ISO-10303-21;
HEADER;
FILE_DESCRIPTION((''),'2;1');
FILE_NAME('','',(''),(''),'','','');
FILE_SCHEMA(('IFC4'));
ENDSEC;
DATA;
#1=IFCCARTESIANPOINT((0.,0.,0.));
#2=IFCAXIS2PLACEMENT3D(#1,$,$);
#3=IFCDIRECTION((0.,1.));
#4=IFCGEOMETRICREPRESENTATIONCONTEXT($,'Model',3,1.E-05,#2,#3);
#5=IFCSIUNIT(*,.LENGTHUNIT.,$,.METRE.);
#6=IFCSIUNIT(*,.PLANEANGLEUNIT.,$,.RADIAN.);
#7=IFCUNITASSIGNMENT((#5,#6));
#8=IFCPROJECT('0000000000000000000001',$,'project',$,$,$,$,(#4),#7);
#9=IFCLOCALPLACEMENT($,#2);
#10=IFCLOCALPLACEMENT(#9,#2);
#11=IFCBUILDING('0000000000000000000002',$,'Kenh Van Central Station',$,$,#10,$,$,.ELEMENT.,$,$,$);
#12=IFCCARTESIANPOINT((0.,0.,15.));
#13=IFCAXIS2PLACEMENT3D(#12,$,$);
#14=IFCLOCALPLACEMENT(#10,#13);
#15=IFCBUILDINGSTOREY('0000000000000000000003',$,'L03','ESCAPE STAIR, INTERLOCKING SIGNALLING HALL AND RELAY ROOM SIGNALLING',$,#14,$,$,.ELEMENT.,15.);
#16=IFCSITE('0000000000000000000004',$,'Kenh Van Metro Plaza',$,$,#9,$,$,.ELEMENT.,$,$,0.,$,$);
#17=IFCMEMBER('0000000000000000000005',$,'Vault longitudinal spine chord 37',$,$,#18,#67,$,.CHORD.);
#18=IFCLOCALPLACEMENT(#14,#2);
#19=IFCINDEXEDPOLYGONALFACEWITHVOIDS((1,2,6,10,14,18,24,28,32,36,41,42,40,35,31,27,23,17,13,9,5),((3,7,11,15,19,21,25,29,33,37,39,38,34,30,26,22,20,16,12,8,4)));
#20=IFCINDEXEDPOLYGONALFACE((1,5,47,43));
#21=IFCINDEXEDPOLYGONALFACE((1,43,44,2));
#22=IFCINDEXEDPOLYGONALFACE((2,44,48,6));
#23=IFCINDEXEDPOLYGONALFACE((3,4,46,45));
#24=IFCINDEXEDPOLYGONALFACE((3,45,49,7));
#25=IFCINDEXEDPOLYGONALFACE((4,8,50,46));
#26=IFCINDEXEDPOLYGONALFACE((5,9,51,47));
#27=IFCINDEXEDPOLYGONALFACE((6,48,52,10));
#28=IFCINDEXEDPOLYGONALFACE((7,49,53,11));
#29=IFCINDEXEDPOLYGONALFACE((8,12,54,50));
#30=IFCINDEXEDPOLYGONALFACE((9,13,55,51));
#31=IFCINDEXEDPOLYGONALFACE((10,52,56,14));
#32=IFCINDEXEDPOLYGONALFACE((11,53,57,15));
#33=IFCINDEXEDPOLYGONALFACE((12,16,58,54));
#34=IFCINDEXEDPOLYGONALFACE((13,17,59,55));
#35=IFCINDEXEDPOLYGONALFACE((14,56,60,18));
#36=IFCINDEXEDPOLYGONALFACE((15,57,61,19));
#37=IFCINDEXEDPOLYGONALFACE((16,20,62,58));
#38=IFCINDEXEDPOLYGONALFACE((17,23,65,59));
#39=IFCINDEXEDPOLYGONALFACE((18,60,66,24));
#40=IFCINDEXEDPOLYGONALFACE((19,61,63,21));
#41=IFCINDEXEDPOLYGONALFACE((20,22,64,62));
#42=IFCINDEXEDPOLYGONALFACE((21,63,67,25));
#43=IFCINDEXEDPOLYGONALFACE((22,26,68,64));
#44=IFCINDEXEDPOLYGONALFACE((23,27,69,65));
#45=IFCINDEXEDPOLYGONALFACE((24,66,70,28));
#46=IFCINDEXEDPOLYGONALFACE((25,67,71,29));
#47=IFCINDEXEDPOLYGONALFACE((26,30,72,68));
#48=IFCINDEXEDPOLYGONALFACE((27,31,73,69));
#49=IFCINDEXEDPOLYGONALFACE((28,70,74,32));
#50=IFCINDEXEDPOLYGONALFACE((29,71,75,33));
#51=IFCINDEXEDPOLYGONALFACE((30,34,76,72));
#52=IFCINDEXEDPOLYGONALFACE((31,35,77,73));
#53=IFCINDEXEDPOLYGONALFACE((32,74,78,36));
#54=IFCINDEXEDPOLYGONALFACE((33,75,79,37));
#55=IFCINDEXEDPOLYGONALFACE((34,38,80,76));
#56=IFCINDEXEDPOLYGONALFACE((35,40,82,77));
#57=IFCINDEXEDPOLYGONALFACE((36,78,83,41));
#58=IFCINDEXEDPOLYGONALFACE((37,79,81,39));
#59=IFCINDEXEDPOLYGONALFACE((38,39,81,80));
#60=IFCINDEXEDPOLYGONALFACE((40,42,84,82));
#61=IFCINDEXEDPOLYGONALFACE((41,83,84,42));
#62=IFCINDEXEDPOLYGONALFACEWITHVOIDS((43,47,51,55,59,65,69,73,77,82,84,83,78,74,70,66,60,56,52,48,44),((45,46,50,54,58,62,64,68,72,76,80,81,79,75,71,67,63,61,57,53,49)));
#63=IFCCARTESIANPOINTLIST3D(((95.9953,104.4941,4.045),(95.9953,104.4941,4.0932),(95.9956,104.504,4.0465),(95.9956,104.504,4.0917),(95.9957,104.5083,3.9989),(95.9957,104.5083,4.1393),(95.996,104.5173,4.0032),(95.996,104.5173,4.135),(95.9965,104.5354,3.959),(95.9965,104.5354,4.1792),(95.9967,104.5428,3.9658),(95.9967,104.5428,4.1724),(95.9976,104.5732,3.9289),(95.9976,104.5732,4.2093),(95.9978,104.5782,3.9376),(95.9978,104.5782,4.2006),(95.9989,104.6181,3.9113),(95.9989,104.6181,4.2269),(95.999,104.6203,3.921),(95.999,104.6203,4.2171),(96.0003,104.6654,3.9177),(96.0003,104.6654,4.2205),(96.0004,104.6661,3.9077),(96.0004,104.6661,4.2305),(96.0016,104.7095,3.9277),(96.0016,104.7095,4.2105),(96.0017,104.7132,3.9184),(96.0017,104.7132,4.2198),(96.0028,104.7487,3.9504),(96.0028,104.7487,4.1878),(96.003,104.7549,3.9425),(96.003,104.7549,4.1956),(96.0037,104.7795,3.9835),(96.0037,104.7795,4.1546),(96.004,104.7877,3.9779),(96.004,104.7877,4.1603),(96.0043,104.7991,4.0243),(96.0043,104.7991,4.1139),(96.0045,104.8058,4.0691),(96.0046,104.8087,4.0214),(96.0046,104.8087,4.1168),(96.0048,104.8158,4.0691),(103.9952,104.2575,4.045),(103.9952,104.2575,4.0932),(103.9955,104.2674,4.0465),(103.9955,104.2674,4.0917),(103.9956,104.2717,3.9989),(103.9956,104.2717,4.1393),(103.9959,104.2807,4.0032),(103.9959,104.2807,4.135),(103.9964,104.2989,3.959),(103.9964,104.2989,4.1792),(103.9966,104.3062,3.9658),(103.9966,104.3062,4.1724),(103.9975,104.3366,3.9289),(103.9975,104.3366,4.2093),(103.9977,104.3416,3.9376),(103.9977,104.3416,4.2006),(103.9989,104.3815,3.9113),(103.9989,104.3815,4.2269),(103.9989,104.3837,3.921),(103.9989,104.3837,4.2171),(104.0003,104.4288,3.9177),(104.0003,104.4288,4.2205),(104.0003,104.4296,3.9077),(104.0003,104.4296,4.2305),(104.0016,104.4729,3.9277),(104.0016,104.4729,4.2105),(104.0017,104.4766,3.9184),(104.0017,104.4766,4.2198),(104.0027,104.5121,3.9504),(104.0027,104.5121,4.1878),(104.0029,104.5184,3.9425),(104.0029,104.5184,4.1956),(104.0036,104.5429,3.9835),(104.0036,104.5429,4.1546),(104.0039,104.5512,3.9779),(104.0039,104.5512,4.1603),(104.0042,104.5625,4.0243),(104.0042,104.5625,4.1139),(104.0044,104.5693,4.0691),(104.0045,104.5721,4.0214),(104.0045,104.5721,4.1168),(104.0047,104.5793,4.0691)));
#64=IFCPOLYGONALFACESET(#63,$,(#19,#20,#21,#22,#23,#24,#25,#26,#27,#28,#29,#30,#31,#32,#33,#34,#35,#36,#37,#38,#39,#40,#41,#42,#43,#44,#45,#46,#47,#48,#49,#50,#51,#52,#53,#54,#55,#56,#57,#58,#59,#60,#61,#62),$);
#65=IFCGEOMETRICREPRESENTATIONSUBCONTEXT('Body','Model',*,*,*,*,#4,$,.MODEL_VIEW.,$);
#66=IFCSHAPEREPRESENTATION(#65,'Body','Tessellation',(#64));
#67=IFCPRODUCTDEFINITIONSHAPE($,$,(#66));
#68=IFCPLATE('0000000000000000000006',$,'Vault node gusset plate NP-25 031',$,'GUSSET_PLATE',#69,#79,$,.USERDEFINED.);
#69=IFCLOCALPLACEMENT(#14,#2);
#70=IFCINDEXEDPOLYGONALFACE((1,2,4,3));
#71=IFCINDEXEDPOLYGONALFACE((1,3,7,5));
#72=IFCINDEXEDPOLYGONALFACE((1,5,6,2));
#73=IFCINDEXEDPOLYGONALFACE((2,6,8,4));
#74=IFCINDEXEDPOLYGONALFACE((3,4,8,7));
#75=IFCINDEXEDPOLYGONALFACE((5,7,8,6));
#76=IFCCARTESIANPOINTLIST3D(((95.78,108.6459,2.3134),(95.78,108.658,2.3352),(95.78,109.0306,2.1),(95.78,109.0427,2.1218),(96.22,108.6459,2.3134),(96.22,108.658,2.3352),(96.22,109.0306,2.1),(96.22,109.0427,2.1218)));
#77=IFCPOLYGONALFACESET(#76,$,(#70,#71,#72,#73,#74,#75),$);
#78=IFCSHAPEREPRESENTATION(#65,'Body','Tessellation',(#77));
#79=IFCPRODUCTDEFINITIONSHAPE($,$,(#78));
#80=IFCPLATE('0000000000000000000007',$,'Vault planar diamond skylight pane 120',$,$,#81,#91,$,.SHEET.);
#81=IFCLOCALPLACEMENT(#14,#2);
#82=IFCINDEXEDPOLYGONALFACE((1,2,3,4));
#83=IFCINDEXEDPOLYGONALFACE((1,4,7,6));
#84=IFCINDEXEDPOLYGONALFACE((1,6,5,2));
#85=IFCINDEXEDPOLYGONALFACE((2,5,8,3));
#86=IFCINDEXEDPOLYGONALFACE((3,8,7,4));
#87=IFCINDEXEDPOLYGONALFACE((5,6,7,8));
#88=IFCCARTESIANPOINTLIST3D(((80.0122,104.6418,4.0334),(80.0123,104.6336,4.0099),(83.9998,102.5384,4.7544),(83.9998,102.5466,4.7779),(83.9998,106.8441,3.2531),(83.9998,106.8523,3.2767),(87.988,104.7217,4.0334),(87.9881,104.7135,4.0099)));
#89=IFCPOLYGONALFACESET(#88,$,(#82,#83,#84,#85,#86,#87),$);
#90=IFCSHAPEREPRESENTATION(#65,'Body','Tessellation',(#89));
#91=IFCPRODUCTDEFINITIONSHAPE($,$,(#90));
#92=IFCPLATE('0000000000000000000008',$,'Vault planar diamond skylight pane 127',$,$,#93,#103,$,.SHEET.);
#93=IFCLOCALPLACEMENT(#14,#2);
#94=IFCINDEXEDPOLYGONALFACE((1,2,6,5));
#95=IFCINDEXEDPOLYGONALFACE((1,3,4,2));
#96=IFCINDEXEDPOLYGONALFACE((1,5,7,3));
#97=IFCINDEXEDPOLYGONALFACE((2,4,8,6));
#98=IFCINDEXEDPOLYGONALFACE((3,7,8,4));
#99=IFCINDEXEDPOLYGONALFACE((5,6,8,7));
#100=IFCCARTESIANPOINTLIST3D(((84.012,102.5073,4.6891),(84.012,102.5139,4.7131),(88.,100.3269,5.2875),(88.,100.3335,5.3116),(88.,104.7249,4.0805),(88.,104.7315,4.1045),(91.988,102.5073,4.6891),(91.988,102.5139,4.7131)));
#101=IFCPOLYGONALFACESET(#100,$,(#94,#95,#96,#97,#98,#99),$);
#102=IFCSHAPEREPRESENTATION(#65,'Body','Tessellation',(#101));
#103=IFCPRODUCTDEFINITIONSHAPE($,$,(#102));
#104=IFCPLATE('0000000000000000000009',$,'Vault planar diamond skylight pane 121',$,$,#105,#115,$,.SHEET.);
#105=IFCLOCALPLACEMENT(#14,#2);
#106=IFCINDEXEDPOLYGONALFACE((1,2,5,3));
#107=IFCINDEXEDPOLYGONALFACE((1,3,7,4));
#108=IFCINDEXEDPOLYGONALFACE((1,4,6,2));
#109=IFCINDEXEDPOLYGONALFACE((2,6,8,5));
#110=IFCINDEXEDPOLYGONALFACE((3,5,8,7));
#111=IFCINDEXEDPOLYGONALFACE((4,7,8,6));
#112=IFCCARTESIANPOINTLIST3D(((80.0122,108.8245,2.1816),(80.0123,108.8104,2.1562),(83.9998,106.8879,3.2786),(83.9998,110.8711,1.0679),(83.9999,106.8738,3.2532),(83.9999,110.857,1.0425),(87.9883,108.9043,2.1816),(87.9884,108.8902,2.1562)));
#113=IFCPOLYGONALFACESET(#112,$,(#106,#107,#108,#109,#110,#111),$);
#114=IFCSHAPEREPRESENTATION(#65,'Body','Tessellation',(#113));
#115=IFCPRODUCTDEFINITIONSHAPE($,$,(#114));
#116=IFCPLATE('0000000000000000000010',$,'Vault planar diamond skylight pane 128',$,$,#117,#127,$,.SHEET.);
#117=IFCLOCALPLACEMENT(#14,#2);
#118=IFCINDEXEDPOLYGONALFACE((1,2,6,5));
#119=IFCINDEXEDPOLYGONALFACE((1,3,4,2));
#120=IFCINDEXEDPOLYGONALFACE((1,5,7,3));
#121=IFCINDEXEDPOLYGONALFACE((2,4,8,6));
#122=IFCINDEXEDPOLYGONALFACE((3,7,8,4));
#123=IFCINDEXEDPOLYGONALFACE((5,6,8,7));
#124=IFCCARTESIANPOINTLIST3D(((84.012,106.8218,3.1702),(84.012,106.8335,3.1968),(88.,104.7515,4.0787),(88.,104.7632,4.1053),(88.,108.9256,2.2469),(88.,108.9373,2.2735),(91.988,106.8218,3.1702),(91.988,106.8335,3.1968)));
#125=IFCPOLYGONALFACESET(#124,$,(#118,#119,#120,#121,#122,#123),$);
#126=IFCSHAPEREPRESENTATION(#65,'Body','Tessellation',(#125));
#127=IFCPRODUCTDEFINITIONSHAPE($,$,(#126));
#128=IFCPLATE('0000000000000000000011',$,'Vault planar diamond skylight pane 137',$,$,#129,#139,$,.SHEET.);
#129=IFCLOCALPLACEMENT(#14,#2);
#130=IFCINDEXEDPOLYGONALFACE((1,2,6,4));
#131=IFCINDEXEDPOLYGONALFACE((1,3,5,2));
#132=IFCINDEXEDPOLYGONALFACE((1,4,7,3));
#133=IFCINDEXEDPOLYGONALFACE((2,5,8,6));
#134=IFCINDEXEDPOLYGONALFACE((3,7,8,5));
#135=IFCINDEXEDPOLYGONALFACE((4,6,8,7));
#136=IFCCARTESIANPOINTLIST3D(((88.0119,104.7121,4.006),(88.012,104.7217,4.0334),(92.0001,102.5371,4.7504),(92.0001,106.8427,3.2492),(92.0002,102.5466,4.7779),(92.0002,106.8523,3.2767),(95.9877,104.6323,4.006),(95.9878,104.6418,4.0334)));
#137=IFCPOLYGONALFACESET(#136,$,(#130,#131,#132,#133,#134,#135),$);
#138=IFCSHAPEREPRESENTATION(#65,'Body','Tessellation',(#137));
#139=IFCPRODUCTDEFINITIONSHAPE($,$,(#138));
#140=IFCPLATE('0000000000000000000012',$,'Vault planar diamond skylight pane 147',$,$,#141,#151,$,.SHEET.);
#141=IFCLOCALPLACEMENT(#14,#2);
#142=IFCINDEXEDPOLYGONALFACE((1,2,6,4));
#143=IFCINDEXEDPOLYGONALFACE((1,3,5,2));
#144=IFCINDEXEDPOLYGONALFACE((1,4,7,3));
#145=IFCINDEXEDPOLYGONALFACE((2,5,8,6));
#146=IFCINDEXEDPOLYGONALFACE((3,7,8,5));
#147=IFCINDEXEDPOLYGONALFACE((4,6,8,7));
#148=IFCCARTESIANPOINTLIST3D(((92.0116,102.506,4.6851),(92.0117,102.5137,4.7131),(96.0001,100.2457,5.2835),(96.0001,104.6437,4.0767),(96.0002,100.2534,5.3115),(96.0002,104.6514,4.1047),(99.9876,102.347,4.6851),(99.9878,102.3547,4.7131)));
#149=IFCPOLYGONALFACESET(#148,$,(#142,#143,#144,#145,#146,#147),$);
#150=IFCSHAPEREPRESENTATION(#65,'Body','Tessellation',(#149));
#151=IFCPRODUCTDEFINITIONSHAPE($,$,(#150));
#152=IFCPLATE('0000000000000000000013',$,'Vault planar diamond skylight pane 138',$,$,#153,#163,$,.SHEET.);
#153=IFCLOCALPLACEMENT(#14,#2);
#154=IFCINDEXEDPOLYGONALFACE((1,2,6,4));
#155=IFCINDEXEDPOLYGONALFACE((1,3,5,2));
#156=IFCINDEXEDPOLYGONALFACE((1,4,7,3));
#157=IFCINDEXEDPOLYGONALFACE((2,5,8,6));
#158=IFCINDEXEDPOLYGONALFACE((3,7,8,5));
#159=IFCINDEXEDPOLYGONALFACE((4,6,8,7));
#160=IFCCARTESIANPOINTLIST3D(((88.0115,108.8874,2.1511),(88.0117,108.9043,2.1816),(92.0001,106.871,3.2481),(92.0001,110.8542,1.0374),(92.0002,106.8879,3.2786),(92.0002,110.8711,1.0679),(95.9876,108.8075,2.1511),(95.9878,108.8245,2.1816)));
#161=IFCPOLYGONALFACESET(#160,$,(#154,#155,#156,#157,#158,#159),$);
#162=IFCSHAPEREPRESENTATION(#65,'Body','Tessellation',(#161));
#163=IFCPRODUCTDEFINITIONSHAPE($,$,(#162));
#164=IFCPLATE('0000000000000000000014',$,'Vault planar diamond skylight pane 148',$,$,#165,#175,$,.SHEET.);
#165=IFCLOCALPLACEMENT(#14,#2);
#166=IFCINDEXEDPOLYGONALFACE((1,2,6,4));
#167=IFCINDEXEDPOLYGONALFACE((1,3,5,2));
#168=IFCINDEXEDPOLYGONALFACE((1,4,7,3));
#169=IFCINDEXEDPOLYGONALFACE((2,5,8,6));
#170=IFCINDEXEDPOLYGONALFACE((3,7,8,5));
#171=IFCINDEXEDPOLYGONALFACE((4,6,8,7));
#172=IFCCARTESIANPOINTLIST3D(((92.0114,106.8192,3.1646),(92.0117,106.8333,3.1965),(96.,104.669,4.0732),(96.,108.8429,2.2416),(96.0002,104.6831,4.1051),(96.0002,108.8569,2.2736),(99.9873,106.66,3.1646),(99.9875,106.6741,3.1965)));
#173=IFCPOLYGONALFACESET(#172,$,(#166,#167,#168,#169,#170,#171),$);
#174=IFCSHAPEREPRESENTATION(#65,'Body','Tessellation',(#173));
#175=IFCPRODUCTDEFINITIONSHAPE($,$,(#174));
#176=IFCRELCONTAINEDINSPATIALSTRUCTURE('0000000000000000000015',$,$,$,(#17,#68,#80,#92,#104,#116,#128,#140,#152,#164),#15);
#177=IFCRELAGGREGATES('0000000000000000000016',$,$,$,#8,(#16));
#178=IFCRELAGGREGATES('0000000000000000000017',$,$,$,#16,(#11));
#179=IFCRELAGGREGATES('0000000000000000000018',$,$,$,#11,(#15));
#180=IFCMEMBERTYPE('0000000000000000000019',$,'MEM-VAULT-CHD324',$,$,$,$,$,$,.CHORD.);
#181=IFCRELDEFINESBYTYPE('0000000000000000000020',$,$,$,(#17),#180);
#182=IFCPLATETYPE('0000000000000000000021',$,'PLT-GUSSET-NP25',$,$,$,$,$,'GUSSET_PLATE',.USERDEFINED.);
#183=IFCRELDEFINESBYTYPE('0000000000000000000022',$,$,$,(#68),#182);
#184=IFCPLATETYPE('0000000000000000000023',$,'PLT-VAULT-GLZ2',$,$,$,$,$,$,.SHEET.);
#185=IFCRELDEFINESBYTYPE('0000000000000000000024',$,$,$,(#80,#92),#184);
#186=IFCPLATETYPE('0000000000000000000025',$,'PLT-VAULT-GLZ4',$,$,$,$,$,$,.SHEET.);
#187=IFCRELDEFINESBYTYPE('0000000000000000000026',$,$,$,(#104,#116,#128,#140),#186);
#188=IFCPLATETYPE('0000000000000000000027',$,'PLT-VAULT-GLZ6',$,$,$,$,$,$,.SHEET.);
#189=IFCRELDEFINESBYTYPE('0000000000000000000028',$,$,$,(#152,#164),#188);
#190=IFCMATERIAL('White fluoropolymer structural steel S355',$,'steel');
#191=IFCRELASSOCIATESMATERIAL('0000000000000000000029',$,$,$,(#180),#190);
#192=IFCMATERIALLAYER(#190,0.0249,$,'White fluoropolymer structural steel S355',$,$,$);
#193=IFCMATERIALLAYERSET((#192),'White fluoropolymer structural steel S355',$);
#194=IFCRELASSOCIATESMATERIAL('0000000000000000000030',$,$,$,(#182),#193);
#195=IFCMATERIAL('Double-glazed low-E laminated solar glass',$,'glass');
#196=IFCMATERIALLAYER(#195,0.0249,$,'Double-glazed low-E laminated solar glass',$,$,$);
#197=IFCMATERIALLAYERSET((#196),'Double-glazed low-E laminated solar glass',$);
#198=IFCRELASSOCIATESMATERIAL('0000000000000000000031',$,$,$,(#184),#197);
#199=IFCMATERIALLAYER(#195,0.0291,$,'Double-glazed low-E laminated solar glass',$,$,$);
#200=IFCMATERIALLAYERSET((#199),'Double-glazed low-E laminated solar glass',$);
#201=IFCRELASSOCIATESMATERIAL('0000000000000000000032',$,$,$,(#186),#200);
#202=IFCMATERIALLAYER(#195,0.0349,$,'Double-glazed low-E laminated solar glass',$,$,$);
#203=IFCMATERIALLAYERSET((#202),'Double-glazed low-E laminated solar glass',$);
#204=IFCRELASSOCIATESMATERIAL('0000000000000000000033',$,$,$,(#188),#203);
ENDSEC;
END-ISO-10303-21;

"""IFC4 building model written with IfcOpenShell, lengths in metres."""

from ifc_helpers import new_model, si_unit, direction, frame, origin, origin_2d, place, context, subcontext, project, spatial, polyline, hollow_circle, outline, extrude, material, layer, layer_set, material_profile, profile_set, type_object, element, save


model = new_model("IFC4")

# Units and contexts
model_context = context("Model", 3, precision=1e-05, world=origin(), true_north=direction((0.0, 1.0)))
body_context = subcontext(model_context, "Body", "Model", "MODEL_VIEW")
ifc_project = project(units=[si_unit("LENGTHUNIT", "METRE"), si_unit("PLANEANGLEUNIT", "RADIAN")], contexts=[model_context])

# Site, building, storey
site_placement = place(None, origin())
site = spatial("IfcSite", under=ifc_project, at=site_placement, Name="Kenh Van Metro Plaza", CompositionType="ELEMENT", RefElevation=0.0)
building_placement = place(site_placement, origin())
building = spatial("IfcBuilding", under=site, at=building_placement, Name="Kenh Van Central Station", CompositionType="ELEMENT")
storey_placement = place(building_placement, frame((0.0, 0.0, 15.0)))
storey = spatial("IfcBuildingStorey", under=building, at=storey_placement, Name="L03", Description="ESCAPE STAIR, INTERLOCKING SIGNALLING HALL AND RELAY ROOM SIGNALLING", CompositionType="ELEMENT", Elevation=15.0)

# Shared definitions
ifc_material_1 = material(Name="White fluoropolymer structural steel S355", Category="steel")

# Member
ifc_material_profile_1 = material_profile(ifc_material_1, hollow_circle(Radius=0.1619, WallThickness=0.01, at=origin_2d()), Name="CHS 323.9x10")
ifc_profile_set_1 = profile_set([ifc_material_profile_1], Name="White fluoropolymer structural steel S355")
member_type_1 = type_object("IfcMemberType", Name="MEM-VAULT-CHD324", PredefinedType="CHORD", material=ifc_profile_set_1)
member_1_placement = place(storey_placement, frame((96.0, 104.6541, 4.0691), z_axis=(0.999563, -0.029559, 0.0), x_axis=(0.029559, 0.999563, 0.0)))
element("IfcMember", 1, at=member_1_placement, inside=storey, type_object=member_type_1, Name="Vault longitudinal spine chord 37", PredefinedType="CHORD", context=body_context, shape_type="SweptSolid", body=[
    extrude(hollow_circle(Radius=0.1619, WallThickness=0.01, at=origin_2d()), origin(), (0.0, 0.0, 1.0), 8.0034),
])

# Plates
ifc_layer_1 = layer(ifc_material_1, 0.0249, Name="White fluoropolymer structural steel S355")
ifc_layer_set_1 = layer_set([ifc_layer_1], Name="White fluoropolymer structural steel S355")
plate_type_1 = type_object("IfcPlateType", Name="PLT-GUSSET-NP25", ElementType="GUSSET_PLATE", PredefinedType="USERDEFINED", material=ifc_layer_set_1)
plate_1_placement = place(storey_placement, frame((95.78, 108.658, 2.3352), z_axis=(0.0, 0.484983, 0.874523), x_axis=(1.0, 0.0, 0.0)))
element("IfcPlate", 2, at=plate_1_placement, inside=storey, type_object=plate_type_1, Name="Vault node gusset plate NP-25 031", ObjectType="GUSSET_PLATE", PredefinedType="USERDEFINED", context=body_context, shape_type="SweptSolid", body=[
    extrude(outline(polyline([(0.0, 0.0), (0.4399, 0.0), (0.4399, 0.44), (0.0, 0.44), (0.0, 0.0)])), origin(), (0.0, 0.0, -1.0), 0.0249),
])
ifc_material_2 = material(Name="Double-glazed low-E laminated solar glass", Category="glass")
ifc_layer_2 = layer(ifc_material_2, 0.0249, Name="Double-glazed low-E laminated solar glass")
ifc_layer_set_2 = layer_set([ifc_layer_2], Name="Double-glazed low-E laminated solar glass")
plate_type_2 = type_object("IfcPlateType", Name="PLT-VAULT-GLZ2", PredefinedType="SHEET", material=ifc_layer_set_2)
plate_2_placement = place(storey_placement, frame((80.0122, 104.6418, 4.0334), z_axis=(-0.003295, 0.329223, 0.944247), x_axis=(0.873392, -0.458911, 0.163053)))
element("IfcPlate", 3, at=plate_2_placement, inside=storey, type_object=plate_type_2, Name="Vault planar diamond skylight pane 120", PredefinedType="SHEET", context=body_context, shape_type="SweptSolid", body=[
    extrude(outline(polyline([(0.0, 0.0), (4.5656, 0.0), (6.9294, 3.9502), (2.3449, 3.9826), (0.0, 0.0)])), origin(), (0.0, 0.0, -1.0), 0.0249),
])
plate_3_placement = place(storey_placement, frame((84.012, 102.5139, 4.7131), z_axis=(0.0, 0.264666, 0.96434), x_axis=(0.869914, -0.475615, 0.130534)))
element("IfcPlate", 4, at=plate_3_placement, inside=storey, type_object=plate_type_2, Name="Vault planar diamond skylight pane 127", PredefinedType="SHEET", context=body_context, shape_type="SweptSolid", body=[
    extrude(outline(polyline([(0.0, 0.0), (4.5844, 0.0), (6.9385, 3.9338), (2.3351, 3.9673), (0.0, 0.0)])), origin(), (0.0, 0.0, -1.0), 0.0249),
])
ifc_layer_3 = layer(ifc_material_2, 0.0291, Name="Double-glazed low-E laminated solar glass")
ifc_layer_set_3 = layer_set([ifc_layer_3], Name="Double-glazed low-E laminated solar glass")
plate_type_3 = type_object("IfcPlateType", Name="PLT-VAULT-GLZ4", PredefinedType="SHEET", material=ifc_layer_set_3)
plate_4_placement = place(storey_placement, frame((80.0122, 108.8245, 2.1816), z_axis=(-0.004857, 0.485273, 0.874349), x_axis=(0.873197, -0.42406, 0.240209)))
element("IfcPlate", 5, at=plate_4_placement, inside=storey, type_object=plate_type_3, Name="Vault planar diamond skylight pane 121", PredefinedType="SHEET", context=body_context, shape_type="SweptSolid", body=[
    extrude(outline(polyline([(0.0, 0.0), (4.5666, 0.0), (6.9308, 3.9481), (2.3465, 3.9779), (0.0, 0.0)])), origin(), (0.0, 0.0, -1.0), 0.0291),
])
plate_5_placement = place(storey_placement, frame((84.012, 106.8335, 3.1968), z_axis=(0.0, 0.401855, 0.915703), x_axis=(0.869932, -0.4516, 0.198184)))
element("IfcPlate", 6, at=plate_5_placement, inside=storey, type_object=plate_type_3, Name="Vault planar diamond skylight pane 128", PredefinedType="SHEET", context=body_context, shape_type="SweptSolid", body=[
    extrude(outline(polyline([(0.0, 0.0), (4.5843, 0.0), (6.9386, 3.9336), (2.3363, 3.9654), (0.0, 0.0)])), origin(), (0.0, 0.0, -1.0), 0.0291),
])
plate_6_placement = place(storey_placement, frame((88.012, 104.7217, 4.0334), z_axis=(0.003295, 0.329223, 0.944247), x_axis=(0.866376, -0.472483, 0.161713)))
element("IfcPlate", 7, at=plate_6_placement, inside=storey, type_object=plate_type_3, Name="Vault planar diamond skylight pane 137", PredefinedType="SHEET", context=body_context, shape_type="SweptSolid", body=[
    extrude(outline(polyline([(0.0, 0.0), (4.6034, 0.0), (6.9478, 3.9177), (2.3263, 3.9506), (0.0, 0.0)])), origin(), (0.0, 0.0, -1.0), 0.0291),
])
plate_7_placement = place(storey_placement, frame((92.0117, 102.5137, 4.7131), z_axis=(0.005273, 0.264613, 0.96434), x_axis=(0.862696, -0.48888, 0.12943)))
element("IfcPlate", 8, at=plate_7_placement, inside=storey, type_object=plate_type_3, Name="Vault planar diamond skylight pane 147", PredefinedType="SHEET", context=body_context, shape_type="SweptSolid", body=[
    extrude(outline(polyline([(0.0, 0.0), (4.6233, 0.0), (6.9586, 3.9013), (2.3171, 3.9344), (0.0, 0.0)])), origin(), (0.0, 0.0, -1.0), 0.0291),
])
ifc_layer_4 = layer(ifc_material_2, 0.0349, Name="Double-glazed low-E laminated solar glass")
ifc_layer_set_4 = layer_set([ifc_layer_4], Name="Double-glazed low-E laminated solar glass")
plate_type_4 = type_object("IfcPlateType", Name="PLT-VAULT-GLZ6", PredefinedType="SHEET", material=ifc_layer_set_4)
plate_8_placement = place(storey_placement, frame((88.0117, 108.9043, 2.1816), z_axis=(0.004857, 0.485273, 0.874349), x_axis=(0.866717, -0.438158, 0.238368)))
element("IfcPlate", 9, at=plate_8_placement, inside=storey, type_object=plate_type_4, Name="Vault planar diamond skylight pane 138", PredefinedType="SHEET", context=body_context, shape_type="SweptSolid", body=[
    extrude(outline(polyline([(0.0, 0.0), (4.6019, 0.0), (6.948, 3.9179), (2.3297, 3.9484), (0.0, 0.0)])), origin(), (0.0, 0.0, -1.0), 0.0349),
])
plate_9_placement = place(storey_placement, frame((92.0117, 106.8333, 3.1965), z_axis=(0.008019, 0.401817, 0.915685), x_axis=(0.863059, -0.465269, 0.196609)))
element("IfcPlate", 10, at=plate_9_placement, inside=storey, type_object=plate_type_4, Name="Vault planar diamond skylight pane 148", PredefinedType="SHEET", context=body_context, shape_type="SweptSolid", body=[
    extrude(outline(polyline([(0.0, 0.0), (4.6214, 0.0), (6.9577, 3.9026), (2.3193, 3.934), (0.0, 0.0)])), origin(), (0.0, 0.0, -1.0), 0.0349),
])

save(model, "model.ifc")
